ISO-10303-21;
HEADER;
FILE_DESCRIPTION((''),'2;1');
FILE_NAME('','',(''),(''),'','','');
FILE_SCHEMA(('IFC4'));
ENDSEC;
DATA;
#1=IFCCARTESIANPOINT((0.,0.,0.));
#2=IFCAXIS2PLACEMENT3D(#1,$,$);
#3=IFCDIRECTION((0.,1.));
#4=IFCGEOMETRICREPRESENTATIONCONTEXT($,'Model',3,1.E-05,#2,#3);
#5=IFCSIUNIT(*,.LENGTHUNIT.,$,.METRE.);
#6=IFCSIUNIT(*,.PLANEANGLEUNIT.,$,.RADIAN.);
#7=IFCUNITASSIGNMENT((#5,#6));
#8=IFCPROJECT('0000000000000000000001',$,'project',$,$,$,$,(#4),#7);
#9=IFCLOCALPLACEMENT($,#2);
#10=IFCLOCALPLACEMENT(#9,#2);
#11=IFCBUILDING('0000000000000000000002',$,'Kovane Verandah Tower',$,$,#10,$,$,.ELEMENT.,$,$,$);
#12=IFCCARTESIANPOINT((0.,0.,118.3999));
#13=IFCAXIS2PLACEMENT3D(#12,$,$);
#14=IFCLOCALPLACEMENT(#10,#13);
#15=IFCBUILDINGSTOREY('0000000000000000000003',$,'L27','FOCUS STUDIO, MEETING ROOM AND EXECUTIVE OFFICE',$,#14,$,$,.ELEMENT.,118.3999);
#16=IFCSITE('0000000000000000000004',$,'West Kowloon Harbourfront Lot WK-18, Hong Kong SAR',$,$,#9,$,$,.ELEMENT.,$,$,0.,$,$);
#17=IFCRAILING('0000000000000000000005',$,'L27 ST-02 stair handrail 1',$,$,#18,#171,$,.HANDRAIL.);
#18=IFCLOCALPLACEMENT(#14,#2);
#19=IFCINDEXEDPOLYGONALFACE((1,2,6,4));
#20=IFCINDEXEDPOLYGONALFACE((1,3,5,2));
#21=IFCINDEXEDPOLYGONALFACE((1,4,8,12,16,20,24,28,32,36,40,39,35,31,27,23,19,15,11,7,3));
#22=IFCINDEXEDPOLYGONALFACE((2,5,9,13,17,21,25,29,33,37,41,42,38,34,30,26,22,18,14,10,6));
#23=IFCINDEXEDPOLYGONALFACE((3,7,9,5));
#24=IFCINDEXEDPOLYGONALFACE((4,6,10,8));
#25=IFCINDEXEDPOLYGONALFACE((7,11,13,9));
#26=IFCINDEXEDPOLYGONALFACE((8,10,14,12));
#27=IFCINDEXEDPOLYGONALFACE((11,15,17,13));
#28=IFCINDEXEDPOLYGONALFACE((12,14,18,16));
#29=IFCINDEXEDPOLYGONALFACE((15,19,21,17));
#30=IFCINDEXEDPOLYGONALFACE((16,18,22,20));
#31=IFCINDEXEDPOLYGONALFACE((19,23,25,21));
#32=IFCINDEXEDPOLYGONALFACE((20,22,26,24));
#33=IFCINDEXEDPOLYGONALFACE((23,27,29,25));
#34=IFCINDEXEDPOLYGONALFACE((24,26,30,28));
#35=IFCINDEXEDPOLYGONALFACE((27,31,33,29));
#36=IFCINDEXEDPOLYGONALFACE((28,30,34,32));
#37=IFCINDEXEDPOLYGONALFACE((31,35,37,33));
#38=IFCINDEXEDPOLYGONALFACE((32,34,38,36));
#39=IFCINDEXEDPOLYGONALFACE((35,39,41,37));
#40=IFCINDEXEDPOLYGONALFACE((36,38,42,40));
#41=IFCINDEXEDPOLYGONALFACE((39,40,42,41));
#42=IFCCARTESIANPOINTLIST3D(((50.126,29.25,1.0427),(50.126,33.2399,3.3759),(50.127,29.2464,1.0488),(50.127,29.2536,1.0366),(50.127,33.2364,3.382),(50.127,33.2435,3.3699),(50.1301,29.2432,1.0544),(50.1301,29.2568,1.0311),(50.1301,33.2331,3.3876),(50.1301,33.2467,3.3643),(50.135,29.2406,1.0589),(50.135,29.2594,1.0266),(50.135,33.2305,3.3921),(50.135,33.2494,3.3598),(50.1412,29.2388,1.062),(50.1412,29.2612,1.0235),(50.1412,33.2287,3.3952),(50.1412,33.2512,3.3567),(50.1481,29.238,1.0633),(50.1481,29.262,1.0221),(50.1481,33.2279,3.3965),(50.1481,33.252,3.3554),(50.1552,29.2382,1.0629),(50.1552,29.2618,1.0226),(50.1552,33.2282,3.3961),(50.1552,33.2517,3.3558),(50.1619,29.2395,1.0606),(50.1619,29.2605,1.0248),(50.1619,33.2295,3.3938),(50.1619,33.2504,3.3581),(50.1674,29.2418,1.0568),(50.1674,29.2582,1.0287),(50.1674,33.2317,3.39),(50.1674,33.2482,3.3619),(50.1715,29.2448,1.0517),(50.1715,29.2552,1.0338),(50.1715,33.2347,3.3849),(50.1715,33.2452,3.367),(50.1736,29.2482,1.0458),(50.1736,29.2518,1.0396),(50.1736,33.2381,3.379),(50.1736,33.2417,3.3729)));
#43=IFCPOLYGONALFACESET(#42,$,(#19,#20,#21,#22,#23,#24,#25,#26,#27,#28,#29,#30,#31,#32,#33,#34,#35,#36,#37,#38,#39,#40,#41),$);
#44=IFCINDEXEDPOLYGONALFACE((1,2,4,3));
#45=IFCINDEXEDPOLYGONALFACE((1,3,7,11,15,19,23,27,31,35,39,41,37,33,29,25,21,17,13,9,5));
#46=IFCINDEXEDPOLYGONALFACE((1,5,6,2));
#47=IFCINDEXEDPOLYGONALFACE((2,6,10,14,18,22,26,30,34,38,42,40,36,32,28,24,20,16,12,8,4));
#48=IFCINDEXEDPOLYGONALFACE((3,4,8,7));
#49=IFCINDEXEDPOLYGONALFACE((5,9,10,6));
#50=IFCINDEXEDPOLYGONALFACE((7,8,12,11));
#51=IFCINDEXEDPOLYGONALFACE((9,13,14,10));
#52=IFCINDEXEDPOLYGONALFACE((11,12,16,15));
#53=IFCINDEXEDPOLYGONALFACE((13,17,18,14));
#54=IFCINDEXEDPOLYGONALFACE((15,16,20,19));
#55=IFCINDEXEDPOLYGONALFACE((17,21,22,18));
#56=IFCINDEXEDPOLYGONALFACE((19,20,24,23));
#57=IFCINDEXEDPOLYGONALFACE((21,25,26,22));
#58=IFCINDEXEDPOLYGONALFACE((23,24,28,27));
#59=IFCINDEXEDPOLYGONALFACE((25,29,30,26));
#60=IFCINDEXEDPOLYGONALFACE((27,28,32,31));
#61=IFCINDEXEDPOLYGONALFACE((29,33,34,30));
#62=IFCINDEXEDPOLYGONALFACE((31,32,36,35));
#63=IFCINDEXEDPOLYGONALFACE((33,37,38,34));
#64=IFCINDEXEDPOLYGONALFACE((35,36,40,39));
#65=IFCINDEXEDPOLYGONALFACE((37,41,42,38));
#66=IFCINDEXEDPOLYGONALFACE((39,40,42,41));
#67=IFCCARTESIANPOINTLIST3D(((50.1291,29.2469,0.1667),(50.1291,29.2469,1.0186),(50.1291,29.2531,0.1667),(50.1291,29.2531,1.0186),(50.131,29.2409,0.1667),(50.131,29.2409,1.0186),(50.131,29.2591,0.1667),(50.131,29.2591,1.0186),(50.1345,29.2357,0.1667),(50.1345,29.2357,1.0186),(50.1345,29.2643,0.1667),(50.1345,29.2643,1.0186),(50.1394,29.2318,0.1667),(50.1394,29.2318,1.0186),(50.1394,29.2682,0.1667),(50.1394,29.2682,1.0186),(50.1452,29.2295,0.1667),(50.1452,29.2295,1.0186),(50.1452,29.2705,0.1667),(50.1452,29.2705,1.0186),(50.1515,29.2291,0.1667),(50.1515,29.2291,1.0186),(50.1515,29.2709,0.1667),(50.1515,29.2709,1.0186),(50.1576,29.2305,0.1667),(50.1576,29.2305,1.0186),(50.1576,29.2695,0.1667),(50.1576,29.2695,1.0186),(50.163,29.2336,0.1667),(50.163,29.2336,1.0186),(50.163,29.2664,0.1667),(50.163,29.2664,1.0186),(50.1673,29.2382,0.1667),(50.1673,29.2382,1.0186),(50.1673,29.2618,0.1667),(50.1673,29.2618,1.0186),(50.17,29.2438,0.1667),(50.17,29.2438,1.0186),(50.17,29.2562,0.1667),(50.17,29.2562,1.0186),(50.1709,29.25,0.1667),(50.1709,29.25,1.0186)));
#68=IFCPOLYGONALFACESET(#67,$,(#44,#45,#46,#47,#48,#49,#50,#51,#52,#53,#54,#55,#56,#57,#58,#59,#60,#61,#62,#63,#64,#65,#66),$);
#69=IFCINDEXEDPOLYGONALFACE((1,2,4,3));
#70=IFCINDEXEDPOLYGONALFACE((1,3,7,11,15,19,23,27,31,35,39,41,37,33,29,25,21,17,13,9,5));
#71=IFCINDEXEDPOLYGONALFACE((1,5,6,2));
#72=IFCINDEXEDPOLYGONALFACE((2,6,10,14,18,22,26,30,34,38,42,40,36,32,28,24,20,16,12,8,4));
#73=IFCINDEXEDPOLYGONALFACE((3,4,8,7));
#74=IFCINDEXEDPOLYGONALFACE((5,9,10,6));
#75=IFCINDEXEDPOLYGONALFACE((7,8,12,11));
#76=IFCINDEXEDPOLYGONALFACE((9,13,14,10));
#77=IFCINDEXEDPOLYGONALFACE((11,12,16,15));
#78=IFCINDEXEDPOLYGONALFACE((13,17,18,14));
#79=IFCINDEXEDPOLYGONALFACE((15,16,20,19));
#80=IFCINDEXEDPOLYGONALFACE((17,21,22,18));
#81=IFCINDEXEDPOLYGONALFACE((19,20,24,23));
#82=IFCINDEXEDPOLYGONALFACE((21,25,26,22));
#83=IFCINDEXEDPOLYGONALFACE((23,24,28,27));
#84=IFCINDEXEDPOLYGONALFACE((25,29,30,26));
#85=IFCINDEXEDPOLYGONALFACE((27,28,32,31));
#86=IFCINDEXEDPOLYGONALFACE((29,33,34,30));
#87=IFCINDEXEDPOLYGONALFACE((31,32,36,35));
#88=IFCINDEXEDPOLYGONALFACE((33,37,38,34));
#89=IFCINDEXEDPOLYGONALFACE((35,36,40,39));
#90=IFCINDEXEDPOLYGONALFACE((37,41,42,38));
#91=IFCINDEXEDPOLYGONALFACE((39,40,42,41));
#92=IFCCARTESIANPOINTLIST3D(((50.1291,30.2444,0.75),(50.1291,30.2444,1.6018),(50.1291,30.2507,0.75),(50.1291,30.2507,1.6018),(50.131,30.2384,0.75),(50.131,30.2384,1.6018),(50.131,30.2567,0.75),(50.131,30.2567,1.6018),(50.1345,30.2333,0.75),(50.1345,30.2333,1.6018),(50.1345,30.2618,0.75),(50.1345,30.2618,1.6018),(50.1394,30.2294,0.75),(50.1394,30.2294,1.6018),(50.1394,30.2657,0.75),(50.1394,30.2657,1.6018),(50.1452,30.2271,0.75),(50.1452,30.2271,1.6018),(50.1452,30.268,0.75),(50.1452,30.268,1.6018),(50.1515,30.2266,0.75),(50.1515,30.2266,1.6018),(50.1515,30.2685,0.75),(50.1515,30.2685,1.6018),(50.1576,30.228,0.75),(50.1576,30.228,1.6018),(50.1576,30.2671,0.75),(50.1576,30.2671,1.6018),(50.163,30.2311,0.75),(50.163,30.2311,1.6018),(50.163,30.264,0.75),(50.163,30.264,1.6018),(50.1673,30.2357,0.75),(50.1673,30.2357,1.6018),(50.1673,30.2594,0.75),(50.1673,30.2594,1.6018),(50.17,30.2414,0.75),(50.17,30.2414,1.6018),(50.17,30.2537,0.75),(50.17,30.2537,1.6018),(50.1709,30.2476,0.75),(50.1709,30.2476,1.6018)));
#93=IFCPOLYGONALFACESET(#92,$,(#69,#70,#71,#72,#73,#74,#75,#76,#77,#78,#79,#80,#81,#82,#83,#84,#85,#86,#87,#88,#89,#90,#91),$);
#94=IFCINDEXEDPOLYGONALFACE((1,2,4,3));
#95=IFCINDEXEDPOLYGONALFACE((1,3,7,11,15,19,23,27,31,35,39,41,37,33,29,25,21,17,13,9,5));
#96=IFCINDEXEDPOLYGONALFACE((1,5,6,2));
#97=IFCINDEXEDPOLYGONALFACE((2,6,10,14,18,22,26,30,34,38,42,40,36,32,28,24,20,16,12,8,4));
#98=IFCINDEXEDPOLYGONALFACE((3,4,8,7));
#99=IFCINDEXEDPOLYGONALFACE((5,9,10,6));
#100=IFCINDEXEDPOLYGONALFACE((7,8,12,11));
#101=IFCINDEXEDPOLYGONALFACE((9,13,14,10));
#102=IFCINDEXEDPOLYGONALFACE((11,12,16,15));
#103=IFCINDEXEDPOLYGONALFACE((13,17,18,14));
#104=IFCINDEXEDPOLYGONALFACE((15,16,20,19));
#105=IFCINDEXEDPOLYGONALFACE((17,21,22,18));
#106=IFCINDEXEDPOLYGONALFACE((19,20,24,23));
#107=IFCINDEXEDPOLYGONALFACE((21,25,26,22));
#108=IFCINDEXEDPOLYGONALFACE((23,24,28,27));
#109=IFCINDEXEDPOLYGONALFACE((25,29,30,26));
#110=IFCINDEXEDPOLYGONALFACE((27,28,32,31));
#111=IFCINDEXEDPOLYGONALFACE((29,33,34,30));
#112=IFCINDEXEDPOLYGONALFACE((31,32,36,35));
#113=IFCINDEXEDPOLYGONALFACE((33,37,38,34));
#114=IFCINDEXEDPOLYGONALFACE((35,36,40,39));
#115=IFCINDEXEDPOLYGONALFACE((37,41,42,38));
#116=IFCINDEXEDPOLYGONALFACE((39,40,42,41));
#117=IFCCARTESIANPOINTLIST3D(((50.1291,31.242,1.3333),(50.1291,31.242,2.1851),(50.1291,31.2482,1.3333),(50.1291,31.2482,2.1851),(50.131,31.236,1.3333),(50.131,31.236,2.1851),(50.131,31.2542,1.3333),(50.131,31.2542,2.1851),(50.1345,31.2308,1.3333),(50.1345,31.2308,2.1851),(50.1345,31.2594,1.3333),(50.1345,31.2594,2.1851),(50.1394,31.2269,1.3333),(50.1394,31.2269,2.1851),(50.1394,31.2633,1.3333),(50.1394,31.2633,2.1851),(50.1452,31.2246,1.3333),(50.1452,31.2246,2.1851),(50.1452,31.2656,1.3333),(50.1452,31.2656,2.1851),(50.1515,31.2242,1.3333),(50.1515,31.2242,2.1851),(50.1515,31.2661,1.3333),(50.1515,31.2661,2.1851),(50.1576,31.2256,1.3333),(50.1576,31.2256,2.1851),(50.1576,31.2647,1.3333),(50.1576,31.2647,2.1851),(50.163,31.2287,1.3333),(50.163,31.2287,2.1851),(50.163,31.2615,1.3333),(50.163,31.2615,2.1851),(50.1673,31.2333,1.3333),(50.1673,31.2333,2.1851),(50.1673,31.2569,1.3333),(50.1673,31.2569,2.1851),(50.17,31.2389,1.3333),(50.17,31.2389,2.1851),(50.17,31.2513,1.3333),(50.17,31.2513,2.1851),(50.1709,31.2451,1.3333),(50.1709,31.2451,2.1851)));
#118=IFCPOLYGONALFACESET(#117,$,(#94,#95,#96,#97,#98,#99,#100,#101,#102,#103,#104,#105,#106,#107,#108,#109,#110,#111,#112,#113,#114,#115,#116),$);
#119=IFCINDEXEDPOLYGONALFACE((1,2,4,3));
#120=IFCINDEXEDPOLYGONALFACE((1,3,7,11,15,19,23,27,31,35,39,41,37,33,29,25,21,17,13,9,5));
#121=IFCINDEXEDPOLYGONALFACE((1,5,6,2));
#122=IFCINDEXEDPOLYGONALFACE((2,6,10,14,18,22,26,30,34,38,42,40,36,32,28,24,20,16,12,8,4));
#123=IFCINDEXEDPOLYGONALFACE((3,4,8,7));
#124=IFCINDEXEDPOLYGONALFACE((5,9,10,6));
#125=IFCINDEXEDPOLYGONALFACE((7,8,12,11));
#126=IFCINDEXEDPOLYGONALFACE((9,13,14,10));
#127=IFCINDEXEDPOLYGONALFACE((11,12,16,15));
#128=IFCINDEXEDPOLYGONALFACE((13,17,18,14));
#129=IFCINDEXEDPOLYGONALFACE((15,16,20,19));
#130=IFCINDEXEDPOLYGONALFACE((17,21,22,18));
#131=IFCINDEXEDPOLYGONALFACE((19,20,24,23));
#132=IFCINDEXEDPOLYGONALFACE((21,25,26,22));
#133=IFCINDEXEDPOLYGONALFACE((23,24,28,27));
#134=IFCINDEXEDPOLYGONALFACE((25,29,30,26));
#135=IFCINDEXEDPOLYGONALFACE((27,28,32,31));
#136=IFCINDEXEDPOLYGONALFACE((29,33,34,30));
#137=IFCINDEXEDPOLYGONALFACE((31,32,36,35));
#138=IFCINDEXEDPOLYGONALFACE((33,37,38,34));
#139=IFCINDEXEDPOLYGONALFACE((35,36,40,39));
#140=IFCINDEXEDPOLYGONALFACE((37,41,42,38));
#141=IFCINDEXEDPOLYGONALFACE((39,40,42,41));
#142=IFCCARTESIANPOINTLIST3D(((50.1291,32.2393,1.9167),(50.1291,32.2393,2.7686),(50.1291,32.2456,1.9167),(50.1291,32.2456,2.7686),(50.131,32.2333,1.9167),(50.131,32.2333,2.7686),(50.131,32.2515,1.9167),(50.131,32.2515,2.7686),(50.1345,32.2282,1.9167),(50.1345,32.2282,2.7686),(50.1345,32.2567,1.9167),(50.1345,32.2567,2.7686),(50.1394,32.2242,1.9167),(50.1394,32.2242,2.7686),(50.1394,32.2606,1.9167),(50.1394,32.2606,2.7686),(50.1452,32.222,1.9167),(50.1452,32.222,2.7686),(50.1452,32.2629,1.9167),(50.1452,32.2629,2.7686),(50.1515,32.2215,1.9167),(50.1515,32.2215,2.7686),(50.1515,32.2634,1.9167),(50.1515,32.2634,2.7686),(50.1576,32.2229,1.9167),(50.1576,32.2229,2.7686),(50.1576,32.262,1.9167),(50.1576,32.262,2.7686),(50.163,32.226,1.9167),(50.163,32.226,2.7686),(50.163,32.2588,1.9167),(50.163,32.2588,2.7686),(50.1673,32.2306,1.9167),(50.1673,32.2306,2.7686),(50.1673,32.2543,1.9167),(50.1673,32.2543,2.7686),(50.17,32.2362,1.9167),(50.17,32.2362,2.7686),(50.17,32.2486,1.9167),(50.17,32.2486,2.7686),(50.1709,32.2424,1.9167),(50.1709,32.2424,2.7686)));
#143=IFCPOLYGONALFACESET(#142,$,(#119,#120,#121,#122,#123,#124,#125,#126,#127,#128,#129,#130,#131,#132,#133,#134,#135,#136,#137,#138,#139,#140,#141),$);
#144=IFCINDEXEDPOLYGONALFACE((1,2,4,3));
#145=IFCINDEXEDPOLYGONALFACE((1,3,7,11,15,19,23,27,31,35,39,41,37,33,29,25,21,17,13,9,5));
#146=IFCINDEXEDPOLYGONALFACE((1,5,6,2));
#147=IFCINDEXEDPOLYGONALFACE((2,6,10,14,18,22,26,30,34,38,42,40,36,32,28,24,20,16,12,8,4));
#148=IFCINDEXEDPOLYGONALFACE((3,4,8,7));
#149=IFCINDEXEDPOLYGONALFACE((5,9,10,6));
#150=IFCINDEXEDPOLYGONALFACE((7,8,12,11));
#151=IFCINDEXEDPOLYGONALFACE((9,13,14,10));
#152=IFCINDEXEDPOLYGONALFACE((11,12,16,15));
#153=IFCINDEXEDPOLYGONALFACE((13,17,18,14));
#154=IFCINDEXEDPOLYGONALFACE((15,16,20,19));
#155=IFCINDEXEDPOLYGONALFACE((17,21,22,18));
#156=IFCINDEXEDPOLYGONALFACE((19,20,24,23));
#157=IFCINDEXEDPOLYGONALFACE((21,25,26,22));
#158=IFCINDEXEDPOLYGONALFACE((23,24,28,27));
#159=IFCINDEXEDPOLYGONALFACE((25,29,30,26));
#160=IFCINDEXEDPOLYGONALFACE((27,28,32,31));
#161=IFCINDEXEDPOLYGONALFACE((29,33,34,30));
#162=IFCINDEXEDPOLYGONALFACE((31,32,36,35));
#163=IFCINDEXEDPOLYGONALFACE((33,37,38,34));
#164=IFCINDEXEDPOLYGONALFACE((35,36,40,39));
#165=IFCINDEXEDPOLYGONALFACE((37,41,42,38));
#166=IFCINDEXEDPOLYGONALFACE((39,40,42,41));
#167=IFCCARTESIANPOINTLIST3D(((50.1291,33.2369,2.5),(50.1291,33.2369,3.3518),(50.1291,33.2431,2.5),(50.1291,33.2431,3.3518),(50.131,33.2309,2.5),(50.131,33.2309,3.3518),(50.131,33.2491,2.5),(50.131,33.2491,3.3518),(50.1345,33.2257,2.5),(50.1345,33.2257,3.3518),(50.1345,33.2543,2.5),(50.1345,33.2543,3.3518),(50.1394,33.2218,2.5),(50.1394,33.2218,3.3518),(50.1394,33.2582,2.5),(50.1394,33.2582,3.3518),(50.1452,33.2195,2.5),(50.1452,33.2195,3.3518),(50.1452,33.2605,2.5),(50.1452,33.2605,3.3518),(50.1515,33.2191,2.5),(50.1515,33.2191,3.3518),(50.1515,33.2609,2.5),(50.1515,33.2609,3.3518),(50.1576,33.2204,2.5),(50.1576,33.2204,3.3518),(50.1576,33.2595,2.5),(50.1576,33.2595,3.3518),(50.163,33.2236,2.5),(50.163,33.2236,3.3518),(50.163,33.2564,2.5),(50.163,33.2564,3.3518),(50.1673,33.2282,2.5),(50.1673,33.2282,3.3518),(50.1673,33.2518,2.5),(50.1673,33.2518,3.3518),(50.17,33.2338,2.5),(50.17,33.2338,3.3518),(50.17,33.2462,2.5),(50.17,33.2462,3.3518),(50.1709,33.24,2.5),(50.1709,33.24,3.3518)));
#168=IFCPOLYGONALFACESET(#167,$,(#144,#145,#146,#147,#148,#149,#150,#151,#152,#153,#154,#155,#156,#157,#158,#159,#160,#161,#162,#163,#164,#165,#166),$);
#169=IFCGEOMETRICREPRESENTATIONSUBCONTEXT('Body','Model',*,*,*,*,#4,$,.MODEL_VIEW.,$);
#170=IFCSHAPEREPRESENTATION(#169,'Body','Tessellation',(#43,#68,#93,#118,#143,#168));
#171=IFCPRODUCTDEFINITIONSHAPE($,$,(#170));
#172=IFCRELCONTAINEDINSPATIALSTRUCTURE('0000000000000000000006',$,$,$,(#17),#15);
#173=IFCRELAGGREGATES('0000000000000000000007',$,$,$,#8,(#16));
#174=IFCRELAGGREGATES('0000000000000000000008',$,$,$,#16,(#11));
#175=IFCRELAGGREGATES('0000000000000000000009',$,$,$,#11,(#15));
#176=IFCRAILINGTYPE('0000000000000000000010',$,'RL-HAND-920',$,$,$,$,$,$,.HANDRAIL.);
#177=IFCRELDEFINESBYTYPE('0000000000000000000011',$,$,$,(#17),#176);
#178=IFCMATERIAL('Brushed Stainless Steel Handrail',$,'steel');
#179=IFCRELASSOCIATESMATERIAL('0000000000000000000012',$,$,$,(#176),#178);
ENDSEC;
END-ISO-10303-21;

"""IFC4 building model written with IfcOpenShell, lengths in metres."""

from ifc_helpers import new_model, si_unit, direction, frame, origin, origin_2d, place, context, subcontext, project, spatial, circle, extrude, material, type_object, element, save


model = new_model("IFC4")

# Units and contexts
model_context = context("Model", 3, precision=1e-05, world=origin(), true_north=direction((0.0, 1.0)))
body_context = subcontext(model_context, "Body", "Model", "MODEL_VIEW")
ifc_project = project(units=[si_unit("LENGTHUNIT", "METRE"), si_unit("PLANEANGLEUNIT", "RADIAN")], contexts=[model_context])

# Site, building, storey
site_placement = place(None, origin())
site = spatial("IfcSite", under=ifc_project, at=site_placement, Name="West Kowloon Harbourfront Lot WK-18, Hong Kong SAR", CompositionType="ELEMENT", RefElevation=0.0)
building_placement = place(site_placement, origin())
building = spatial("IfcBuilding", under=site, at=building_placement, Name="Kovane Verandah Tower", CompositionType="ELEMENT")
storey_placement = place(building_placement, frame((0.0, 0.0, 118.3999)))
storey = spatial("IfcBuildingStorey", under=building, at=storey_placement, Name="L27", Description="FOCUS STUDIO, MEETING ROOM AND EXECUTIVE OFFICE", CompositionType="ELEMENT", Elevation=118.3999)

# Railing
ifc_material_1 = material(Name="Brushed Stainless Steel Handrail", Category="steel")
railing_type_1 = type_object("IfcRailingType", Name="RL-HAND-920", PredefinedType="HANDRAIL", material=ifc_material_1)
railing_1_placement = place(storey_placement, frame((50.1499, 29.25, 0.1667)))
element("IfcRailing", 1, at=railing_1_placement, inside=storey, type_object=railing_type_1, Name="L27 ST-02 stair handrail 1", PredefinedType="HANDRAIL", context=body_context, shape_type="SweptSolid", body=[
    extrude(circle(Radius=0.0239, at=origin_2d()), frame((0.0, 0.0, 0.876), z_axis=(0.0, 0.863236, 0.5048), x_axis=(-1.0, 0.0, 0.0)), (0.0, 0.0, 1.0), 4.6221),
    extrude(circle(Radius=0.021, at=origin_2d()), origin(), (0.0, 0.0, 1.0), 0.8518),
    extrude(circle(Radius=0.021, at=origin_2d()), frame((0.0, 0.9976, 0.5833)), (0.0, 0.0, 1.0), 0.8518),
    extrude(circle(Radius=0.021, at=origin_2d()), frame((0.0, 1.9951, 1.1665)), (0.0, 0.0, 1.0), 0.8518),
    extrude(circle(Radius=0.021, at=origin_2d()), frame((0.0, 2.9924, 1.75)), (0.0, 0.0, 1.0), 0.8518),
    extrude(circle(Radius=0.021, at=origin_2d()), frame((0.0, 3.99, 2.3333)), (0.0, 0.0, 1.0), 0.8518),
])

save(model, "model.ifc")
